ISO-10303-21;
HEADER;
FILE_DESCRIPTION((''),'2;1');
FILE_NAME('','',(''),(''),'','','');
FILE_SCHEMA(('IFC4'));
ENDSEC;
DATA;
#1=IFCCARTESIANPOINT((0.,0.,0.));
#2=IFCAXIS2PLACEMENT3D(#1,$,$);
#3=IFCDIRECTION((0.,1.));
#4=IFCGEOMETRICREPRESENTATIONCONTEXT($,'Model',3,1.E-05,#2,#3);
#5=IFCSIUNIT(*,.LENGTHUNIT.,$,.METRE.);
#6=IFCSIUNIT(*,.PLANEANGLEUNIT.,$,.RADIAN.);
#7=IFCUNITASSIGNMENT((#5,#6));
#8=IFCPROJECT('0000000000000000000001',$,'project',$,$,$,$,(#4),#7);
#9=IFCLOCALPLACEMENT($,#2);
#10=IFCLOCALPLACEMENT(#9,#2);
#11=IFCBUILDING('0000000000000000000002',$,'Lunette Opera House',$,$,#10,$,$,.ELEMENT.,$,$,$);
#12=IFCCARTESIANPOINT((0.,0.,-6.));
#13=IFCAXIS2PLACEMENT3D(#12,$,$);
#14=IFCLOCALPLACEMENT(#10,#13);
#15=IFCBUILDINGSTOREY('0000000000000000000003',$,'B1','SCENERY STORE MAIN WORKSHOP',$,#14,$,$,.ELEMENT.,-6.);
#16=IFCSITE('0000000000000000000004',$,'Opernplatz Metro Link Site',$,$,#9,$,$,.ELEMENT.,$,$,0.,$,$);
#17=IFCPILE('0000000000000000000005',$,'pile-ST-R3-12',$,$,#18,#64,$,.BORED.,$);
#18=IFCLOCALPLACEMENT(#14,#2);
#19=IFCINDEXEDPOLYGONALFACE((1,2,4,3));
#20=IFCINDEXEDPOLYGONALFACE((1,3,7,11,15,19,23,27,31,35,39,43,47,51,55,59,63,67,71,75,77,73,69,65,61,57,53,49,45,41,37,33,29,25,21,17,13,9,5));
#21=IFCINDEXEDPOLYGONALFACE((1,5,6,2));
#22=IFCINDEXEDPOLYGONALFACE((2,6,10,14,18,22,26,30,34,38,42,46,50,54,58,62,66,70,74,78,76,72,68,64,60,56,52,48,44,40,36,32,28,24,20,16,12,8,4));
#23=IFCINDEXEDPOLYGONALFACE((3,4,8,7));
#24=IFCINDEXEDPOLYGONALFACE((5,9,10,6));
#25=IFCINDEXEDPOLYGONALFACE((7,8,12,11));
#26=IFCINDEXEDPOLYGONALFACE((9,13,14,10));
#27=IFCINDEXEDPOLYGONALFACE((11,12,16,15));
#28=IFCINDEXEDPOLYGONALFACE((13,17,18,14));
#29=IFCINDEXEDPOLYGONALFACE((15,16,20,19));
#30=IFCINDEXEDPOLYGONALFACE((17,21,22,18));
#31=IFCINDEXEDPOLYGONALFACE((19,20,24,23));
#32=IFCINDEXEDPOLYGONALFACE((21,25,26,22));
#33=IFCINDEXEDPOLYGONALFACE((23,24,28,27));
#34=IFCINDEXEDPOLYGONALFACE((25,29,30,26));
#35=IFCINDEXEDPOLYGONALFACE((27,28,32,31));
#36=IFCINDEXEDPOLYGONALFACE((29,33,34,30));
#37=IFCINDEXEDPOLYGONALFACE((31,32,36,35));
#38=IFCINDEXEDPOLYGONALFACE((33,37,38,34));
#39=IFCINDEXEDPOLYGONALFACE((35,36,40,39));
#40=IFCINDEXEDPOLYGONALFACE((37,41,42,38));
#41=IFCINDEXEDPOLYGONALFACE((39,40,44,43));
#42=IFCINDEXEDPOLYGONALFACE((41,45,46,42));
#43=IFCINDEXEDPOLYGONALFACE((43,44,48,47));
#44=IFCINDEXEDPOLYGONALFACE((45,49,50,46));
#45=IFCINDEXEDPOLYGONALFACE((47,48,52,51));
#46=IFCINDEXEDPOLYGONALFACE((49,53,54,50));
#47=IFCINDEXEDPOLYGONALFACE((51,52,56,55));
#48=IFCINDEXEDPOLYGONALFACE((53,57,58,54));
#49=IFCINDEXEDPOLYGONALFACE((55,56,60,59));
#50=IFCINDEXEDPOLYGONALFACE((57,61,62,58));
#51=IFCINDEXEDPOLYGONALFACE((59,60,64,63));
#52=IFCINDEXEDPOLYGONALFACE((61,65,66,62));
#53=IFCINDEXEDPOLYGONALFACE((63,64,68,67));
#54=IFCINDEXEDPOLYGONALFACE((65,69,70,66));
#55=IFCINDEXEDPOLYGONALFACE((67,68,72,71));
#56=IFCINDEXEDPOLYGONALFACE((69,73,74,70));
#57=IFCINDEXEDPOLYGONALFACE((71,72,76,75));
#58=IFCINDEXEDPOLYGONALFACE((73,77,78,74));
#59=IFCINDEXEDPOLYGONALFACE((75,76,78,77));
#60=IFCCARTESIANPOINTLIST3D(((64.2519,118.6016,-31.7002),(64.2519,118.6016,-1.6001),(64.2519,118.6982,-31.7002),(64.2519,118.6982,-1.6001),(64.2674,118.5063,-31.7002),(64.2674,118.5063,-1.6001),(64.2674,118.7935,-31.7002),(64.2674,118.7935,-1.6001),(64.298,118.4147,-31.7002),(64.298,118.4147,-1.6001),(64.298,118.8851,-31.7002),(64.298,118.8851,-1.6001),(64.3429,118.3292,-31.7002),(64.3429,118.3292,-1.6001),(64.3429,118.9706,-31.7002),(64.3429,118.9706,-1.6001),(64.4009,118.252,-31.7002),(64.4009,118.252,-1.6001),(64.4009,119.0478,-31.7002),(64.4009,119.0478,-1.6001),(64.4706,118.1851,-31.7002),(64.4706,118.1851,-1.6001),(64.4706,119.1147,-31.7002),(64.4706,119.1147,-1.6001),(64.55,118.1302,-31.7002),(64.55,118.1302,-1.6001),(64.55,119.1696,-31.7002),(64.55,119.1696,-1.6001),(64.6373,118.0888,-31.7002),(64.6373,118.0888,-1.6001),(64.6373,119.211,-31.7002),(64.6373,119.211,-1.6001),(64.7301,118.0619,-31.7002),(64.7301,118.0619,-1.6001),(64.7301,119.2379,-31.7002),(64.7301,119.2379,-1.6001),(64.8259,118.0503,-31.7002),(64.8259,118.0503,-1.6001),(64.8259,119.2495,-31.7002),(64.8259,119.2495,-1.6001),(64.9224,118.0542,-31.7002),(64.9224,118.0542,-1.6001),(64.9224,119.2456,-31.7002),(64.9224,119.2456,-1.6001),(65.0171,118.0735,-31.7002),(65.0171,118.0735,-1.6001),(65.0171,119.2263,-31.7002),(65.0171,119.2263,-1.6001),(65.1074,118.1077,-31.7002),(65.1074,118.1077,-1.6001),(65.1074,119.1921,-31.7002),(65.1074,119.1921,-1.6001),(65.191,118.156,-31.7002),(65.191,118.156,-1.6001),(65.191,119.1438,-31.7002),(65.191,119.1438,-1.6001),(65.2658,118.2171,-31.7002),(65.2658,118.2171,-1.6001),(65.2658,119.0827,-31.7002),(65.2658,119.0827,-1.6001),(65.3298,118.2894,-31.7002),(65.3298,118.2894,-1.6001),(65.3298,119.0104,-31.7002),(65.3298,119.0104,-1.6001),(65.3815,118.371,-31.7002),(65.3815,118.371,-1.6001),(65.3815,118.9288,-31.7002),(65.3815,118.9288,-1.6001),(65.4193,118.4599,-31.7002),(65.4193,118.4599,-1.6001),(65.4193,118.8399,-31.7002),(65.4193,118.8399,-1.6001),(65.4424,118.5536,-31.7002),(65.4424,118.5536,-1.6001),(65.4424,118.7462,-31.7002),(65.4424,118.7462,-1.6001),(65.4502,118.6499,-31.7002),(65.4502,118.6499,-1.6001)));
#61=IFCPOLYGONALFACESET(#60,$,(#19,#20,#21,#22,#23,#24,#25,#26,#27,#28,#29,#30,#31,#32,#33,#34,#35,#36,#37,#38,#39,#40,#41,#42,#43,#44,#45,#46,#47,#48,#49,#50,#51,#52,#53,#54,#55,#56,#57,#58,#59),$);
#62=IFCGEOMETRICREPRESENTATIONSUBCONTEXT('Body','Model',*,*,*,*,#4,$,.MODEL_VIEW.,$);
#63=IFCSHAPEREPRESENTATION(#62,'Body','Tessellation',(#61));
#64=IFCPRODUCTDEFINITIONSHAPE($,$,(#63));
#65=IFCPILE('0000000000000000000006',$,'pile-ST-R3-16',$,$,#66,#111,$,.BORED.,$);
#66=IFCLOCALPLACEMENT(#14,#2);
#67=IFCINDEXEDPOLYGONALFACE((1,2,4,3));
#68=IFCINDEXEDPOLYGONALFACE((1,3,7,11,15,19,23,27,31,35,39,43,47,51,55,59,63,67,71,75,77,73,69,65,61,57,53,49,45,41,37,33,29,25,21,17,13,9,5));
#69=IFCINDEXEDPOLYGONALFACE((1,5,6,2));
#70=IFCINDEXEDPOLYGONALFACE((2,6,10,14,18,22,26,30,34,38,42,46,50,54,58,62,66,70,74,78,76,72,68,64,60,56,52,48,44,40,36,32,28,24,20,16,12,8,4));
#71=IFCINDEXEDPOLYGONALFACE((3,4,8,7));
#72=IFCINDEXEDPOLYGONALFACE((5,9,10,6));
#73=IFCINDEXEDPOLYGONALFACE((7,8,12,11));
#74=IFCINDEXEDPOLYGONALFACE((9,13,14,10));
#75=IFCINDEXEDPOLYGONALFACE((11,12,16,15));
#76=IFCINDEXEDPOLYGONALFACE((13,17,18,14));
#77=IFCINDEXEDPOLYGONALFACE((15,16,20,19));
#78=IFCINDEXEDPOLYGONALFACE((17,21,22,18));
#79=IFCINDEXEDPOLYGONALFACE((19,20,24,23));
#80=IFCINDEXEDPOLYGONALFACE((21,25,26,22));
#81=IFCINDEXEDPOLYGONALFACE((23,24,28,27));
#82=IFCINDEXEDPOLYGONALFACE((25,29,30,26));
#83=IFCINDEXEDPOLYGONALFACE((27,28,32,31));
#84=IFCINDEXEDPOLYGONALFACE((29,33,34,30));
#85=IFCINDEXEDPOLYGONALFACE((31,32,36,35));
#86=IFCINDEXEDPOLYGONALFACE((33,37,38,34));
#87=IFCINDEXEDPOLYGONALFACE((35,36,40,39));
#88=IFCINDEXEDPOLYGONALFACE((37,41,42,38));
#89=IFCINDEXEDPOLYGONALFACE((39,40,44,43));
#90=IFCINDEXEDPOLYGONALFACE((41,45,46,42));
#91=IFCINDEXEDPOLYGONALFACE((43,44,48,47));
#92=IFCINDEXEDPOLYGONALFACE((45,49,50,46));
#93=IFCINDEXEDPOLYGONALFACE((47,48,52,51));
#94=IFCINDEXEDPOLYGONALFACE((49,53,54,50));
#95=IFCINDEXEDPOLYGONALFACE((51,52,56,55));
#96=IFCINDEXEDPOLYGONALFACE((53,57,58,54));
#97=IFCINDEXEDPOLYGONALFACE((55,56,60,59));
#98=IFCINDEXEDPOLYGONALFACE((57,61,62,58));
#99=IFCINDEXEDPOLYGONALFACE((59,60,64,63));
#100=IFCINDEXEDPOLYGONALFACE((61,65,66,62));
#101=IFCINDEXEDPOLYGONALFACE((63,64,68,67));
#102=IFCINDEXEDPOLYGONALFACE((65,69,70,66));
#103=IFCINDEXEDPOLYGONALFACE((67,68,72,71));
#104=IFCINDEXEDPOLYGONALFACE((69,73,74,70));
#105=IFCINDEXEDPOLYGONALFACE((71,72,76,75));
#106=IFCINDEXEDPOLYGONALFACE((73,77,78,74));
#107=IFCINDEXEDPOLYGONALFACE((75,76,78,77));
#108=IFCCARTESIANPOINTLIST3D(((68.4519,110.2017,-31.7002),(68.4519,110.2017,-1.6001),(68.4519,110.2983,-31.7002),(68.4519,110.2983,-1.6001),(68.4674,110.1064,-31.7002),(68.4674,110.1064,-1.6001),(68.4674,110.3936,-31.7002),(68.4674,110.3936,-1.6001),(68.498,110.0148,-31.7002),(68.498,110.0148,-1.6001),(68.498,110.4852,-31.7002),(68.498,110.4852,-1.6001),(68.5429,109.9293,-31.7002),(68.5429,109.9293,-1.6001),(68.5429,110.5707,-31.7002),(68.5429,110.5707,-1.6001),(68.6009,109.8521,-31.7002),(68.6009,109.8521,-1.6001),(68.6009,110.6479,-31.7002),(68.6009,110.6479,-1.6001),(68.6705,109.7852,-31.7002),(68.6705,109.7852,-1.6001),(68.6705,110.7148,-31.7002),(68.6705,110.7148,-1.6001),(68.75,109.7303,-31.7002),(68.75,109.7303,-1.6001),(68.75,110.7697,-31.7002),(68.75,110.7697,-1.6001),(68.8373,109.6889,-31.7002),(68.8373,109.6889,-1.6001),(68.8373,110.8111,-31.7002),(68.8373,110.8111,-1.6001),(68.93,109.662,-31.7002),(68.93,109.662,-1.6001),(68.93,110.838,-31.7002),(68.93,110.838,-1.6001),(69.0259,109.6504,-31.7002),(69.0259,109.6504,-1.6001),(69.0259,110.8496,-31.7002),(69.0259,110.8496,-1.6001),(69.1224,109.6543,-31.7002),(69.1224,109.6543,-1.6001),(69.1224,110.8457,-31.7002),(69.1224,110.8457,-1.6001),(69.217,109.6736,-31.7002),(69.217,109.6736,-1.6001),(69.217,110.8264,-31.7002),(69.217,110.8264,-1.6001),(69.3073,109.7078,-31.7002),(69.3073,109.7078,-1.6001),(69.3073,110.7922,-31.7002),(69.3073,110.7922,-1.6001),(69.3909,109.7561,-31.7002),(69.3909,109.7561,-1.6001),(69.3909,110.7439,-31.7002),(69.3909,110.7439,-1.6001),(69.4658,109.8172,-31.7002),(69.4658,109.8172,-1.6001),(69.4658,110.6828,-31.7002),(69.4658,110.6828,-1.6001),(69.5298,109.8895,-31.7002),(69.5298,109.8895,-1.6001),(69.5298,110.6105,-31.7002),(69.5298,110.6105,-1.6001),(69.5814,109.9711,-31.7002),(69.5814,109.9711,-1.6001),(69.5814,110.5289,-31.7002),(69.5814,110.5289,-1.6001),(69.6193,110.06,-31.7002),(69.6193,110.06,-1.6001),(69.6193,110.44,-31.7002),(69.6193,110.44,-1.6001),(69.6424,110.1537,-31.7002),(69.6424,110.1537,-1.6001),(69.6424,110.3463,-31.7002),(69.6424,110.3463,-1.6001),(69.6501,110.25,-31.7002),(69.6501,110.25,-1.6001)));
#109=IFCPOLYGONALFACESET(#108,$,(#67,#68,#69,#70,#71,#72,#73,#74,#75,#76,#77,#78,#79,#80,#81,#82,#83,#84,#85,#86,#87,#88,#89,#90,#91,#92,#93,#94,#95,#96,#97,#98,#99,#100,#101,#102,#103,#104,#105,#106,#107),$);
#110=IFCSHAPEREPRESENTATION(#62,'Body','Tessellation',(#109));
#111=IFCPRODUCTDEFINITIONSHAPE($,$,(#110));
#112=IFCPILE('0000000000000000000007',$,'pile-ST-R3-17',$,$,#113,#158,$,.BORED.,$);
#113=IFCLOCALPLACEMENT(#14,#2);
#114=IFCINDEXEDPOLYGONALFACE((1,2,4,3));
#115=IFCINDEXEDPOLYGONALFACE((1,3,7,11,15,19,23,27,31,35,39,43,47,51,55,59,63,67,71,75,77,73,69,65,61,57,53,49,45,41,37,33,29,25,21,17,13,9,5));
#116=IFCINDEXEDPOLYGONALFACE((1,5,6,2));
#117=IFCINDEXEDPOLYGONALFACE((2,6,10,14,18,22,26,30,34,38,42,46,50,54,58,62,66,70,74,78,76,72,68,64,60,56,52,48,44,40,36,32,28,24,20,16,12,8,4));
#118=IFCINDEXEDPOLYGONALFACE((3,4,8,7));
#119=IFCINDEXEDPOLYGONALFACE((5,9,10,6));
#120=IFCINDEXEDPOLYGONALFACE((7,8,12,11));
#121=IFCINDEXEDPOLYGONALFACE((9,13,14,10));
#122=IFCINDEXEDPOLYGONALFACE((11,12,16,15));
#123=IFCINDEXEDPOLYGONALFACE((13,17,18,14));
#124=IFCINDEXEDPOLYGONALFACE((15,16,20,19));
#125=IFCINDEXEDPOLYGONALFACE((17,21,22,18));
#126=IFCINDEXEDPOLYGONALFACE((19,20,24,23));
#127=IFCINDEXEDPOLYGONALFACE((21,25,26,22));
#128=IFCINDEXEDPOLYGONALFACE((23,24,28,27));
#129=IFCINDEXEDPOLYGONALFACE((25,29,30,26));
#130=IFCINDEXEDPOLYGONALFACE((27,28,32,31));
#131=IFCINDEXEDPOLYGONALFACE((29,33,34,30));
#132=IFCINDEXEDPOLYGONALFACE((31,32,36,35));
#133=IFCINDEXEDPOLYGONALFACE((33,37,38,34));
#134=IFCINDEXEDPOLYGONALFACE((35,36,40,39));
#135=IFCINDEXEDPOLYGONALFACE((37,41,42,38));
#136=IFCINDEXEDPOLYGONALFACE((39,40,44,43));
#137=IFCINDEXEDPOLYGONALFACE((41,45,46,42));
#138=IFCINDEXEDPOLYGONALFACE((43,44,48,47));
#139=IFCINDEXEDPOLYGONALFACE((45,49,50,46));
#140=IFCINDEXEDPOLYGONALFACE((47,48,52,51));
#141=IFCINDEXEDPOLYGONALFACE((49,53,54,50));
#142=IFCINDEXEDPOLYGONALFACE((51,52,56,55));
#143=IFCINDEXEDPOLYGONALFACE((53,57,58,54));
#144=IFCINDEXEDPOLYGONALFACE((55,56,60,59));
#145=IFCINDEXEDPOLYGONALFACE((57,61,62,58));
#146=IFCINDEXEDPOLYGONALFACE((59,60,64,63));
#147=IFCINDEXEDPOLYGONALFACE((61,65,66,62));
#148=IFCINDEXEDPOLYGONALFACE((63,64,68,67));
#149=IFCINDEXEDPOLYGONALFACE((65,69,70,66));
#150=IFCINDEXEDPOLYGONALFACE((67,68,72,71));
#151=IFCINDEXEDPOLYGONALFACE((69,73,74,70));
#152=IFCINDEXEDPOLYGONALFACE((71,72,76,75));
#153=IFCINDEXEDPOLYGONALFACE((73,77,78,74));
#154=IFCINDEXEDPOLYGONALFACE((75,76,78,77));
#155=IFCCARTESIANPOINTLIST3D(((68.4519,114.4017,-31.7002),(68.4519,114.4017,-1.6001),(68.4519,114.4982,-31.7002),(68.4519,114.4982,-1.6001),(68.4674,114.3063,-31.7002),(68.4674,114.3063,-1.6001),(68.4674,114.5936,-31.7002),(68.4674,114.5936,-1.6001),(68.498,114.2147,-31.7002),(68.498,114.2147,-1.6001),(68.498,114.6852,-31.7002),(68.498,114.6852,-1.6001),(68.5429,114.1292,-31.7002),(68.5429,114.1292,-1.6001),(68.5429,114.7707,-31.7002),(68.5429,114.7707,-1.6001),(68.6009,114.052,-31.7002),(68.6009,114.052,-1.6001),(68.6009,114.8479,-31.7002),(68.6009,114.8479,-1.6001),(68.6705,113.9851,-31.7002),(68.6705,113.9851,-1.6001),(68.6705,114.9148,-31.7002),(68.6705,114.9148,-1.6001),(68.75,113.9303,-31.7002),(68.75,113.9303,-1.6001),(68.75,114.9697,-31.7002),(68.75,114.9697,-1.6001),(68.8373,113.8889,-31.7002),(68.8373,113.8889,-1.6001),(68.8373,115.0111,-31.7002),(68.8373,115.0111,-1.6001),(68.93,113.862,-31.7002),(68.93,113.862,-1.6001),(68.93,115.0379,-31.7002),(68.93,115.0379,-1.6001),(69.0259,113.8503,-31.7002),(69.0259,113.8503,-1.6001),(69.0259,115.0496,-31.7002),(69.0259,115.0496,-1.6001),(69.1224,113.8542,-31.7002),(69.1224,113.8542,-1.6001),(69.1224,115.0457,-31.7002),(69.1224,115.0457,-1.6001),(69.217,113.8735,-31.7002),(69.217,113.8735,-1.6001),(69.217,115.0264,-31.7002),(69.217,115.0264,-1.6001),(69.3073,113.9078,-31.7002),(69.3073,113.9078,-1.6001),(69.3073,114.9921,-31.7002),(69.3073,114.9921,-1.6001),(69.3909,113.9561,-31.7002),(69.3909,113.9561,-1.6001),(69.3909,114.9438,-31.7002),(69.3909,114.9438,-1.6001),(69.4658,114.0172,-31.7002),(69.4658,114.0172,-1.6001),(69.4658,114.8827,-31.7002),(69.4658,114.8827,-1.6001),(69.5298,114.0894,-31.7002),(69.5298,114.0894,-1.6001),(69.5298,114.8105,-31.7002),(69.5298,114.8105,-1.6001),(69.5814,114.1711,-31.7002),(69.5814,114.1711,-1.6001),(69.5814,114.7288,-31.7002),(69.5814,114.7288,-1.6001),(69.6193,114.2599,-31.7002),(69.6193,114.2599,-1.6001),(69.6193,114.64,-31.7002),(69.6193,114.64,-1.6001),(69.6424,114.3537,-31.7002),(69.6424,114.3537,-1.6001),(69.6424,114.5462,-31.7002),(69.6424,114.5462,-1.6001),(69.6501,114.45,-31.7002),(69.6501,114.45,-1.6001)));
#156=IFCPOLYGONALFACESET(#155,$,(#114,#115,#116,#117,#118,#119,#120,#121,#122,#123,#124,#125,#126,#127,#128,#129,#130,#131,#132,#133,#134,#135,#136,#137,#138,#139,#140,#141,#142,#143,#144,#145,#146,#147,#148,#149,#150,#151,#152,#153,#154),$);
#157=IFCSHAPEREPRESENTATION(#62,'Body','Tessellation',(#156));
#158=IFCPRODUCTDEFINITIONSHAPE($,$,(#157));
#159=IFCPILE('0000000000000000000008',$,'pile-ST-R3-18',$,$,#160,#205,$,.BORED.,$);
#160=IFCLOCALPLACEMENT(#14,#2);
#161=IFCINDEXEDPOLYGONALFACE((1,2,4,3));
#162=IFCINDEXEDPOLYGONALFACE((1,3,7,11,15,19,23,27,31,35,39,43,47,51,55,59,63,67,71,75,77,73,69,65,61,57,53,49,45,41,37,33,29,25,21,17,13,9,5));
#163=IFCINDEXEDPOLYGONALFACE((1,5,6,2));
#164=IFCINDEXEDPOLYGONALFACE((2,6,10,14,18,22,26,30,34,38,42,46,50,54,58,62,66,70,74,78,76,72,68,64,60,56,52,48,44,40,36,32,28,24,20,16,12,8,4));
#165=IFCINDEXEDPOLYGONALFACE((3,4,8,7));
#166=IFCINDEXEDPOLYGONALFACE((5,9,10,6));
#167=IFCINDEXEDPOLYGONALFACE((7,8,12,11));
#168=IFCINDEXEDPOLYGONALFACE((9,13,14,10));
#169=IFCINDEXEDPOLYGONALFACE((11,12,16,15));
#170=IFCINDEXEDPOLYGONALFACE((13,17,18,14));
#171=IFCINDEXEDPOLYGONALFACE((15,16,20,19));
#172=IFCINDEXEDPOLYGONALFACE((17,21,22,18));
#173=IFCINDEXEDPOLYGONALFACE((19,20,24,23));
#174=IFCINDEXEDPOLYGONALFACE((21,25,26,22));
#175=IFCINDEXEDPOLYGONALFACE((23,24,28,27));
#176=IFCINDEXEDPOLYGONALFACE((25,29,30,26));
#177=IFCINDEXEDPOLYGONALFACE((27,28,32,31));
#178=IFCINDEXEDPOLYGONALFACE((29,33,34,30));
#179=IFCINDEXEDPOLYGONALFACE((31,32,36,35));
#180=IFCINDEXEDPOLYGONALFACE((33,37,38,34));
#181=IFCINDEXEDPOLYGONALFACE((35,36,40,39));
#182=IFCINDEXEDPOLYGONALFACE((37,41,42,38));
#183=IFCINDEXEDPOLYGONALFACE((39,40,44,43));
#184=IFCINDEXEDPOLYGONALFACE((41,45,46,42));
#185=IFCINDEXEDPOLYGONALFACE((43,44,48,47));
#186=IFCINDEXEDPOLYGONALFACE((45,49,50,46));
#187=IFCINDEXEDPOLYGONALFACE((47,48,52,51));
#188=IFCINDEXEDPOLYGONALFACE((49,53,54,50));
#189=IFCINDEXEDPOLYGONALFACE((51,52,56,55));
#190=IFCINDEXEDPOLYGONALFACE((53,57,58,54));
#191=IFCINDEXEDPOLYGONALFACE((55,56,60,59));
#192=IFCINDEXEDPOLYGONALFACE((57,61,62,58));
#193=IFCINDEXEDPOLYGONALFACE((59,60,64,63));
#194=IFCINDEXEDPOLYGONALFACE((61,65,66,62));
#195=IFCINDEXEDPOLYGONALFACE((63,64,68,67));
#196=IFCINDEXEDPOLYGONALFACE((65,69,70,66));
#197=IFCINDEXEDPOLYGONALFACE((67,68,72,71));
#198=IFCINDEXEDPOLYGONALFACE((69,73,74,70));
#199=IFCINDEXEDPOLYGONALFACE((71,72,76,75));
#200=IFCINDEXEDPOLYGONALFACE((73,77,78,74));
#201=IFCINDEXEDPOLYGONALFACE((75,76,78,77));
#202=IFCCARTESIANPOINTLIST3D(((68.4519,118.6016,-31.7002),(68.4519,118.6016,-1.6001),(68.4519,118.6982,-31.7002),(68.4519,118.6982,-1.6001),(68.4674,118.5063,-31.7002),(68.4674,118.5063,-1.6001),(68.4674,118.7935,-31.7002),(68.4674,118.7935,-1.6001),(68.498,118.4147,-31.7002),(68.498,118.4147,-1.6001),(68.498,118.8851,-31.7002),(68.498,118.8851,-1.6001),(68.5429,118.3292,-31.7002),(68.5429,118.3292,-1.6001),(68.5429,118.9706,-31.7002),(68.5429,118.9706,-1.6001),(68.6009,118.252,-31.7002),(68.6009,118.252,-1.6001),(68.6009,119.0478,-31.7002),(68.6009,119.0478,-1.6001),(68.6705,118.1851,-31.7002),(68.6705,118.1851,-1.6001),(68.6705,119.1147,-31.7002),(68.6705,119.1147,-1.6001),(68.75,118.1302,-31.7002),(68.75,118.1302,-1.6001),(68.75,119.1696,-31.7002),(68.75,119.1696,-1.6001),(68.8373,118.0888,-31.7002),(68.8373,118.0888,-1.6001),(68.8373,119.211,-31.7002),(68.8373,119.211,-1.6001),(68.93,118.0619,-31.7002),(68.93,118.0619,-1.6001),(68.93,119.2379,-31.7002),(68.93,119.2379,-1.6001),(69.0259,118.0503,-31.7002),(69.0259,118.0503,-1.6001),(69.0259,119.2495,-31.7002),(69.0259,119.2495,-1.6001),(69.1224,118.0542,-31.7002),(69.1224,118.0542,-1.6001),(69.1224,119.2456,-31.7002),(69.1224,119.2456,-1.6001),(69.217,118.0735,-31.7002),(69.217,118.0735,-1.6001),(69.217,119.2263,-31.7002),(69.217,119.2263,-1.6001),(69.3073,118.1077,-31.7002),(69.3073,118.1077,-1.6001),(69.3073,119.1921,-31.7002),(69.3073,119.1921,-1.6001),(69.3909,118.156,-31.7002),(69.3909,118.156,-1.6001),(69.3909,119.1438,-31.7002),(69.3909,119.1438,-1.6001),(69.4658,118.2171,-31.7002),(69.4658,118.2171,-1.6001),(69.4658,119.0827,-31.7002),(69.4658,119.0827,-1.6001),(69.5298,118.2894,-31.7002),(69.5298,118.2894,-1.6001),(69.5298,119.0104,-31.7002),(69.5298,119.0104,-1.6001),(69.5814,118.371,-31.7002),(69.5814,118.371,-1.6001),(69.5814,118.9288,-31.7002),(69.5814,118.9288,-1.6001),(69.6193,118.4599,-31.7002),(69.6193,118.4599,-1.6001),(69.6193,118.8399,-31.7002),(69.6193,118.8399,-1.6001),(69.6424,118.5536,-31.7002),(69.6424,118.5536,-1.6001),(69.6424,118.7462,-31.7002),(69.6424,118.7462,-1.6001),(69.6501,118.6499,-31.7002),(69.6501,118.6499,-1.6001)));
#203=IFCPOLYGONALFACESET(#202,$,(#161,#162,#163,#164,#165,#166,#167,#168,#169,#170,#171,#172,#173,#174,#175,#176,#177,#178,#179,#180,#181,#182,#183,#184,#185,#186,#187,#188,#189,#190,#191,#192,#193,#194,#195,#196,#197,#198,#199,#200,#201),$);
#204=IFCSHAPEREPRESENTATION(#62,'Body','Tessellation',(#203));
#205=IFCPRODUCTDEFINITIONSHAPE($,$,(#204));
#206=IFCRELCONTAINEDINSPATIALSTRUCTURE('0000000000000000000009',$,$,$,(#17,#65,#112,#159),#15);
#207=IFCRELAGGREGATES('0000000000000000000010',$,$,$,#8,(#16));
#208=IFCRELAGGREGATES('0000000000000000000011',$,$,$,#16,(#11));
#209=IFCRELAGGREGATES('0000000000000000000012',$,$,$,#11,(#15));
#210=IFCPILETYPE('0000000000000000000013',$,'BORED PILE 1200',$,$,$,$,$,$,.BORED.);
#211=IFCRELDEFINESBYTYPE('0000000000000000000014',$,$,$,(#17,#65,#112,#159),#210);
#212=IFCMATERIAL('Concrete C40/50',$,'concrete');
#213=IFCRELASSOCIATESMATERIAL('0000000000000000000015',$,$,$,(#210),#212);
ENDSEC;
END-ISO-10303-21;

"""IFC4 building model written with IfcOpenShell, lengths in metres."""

from ifc_helpers import new_model, si_unit, direction, frame, origin, origin_2d, place, context, subcontext, project, spatial, circle, extrude, material, material_profile, profile_set, type_object, element, save


model = new_model("IFC4")

# Units and contexts
model_context = context("Model", 3, precision=1e-05, world=origin(), true_north=direction((0.0, 1.0)))
body_context = subcontext(model_context, "Body", "Model", "MODEL_VIEW")
ifc_project = project(units=[si_unit("LENGTHUNIT", "METRE"), si_unit("PLANEANGLEUNIT", "RADIAN")], contexts=[model_context])

# Site, building, storey
site_placement = place(None, origin())
site = spatial("IfcSite", under=ifc_project, at=site_placement, Name="Opernplatz Metro Link Site", CompositionType="ELEMENT", RefElevation=0.0)
building_placement = place(site_placement, origin())
building = spatial("IfcBuilding", under=site, at=building_placement, Name="Lunette Opera House", CompositionType="ELEMENT")
storey_placement = place(building_placement, frame((0.0, 0.0, -6.0)))
storey = spatial("IfcBuildingStorey", under=building, at=storey_placement, Name="B1", Description="SCENERY STORE MAIN WORKSHOP", CompositionType="ELEMENT", Elevation=-6.0)

# Piles
ifc_material_1 = material(Name="Concrete C40/50", Category="concrete")
ifc_material_profile_1 = material_profile(ifc_material_1, circle(Radius=0.6001, at=origin_2d()), Name="BORED PILE 1200")
ifc_profile_set_1 = profile_set([ifc_material_profile_1], Name="Concrete C40/50")
pile_type = type_object("IfcPileType", Name="BORED PILE 1200", PredefinedType="BORED", material=ifc_profile_set_1)
for number, where, z_axis, x_axis, name in (
    (1, (64.8501, 118.6499, -1.6001), (0.0, 0.0, -1.0), (1.0, 0.0, 0.0), "pile-ST-R3-12"),
    (2, (69.05, 110.25, -1.6001), (0.0, 0.0, -1.0), (1.0, 0.0, 0.0), "pile-ST-R3-16"),
    (3, (69.05, 114.45, -1.6001), (0.0, 0.0, -1.0), (1.0, 0.0, 0.0), "pile-ST-R3-17"),
    (4, (69.05, 118.6499, -1.6001), (0.0, 0.0, -1.0), (1.0, 0.0, 0.0), "pile-ST-R3-18"),
):
    element("IfcPile", number, at=place(storey_placement, frame(where, z_axis=z_axis, x_axis=x_axis)), inside=storey, type_object=pile_type, Name=name, PredefinedType="BORED", context=body_context, shape_type="SweptSolid", body=[
        extrude(circle(Radius=0.6001, at=origin_2d()), origin(), (0.0, 0.0, 1.0), 30.1001),
    ])

save(model, "model.ifc")
